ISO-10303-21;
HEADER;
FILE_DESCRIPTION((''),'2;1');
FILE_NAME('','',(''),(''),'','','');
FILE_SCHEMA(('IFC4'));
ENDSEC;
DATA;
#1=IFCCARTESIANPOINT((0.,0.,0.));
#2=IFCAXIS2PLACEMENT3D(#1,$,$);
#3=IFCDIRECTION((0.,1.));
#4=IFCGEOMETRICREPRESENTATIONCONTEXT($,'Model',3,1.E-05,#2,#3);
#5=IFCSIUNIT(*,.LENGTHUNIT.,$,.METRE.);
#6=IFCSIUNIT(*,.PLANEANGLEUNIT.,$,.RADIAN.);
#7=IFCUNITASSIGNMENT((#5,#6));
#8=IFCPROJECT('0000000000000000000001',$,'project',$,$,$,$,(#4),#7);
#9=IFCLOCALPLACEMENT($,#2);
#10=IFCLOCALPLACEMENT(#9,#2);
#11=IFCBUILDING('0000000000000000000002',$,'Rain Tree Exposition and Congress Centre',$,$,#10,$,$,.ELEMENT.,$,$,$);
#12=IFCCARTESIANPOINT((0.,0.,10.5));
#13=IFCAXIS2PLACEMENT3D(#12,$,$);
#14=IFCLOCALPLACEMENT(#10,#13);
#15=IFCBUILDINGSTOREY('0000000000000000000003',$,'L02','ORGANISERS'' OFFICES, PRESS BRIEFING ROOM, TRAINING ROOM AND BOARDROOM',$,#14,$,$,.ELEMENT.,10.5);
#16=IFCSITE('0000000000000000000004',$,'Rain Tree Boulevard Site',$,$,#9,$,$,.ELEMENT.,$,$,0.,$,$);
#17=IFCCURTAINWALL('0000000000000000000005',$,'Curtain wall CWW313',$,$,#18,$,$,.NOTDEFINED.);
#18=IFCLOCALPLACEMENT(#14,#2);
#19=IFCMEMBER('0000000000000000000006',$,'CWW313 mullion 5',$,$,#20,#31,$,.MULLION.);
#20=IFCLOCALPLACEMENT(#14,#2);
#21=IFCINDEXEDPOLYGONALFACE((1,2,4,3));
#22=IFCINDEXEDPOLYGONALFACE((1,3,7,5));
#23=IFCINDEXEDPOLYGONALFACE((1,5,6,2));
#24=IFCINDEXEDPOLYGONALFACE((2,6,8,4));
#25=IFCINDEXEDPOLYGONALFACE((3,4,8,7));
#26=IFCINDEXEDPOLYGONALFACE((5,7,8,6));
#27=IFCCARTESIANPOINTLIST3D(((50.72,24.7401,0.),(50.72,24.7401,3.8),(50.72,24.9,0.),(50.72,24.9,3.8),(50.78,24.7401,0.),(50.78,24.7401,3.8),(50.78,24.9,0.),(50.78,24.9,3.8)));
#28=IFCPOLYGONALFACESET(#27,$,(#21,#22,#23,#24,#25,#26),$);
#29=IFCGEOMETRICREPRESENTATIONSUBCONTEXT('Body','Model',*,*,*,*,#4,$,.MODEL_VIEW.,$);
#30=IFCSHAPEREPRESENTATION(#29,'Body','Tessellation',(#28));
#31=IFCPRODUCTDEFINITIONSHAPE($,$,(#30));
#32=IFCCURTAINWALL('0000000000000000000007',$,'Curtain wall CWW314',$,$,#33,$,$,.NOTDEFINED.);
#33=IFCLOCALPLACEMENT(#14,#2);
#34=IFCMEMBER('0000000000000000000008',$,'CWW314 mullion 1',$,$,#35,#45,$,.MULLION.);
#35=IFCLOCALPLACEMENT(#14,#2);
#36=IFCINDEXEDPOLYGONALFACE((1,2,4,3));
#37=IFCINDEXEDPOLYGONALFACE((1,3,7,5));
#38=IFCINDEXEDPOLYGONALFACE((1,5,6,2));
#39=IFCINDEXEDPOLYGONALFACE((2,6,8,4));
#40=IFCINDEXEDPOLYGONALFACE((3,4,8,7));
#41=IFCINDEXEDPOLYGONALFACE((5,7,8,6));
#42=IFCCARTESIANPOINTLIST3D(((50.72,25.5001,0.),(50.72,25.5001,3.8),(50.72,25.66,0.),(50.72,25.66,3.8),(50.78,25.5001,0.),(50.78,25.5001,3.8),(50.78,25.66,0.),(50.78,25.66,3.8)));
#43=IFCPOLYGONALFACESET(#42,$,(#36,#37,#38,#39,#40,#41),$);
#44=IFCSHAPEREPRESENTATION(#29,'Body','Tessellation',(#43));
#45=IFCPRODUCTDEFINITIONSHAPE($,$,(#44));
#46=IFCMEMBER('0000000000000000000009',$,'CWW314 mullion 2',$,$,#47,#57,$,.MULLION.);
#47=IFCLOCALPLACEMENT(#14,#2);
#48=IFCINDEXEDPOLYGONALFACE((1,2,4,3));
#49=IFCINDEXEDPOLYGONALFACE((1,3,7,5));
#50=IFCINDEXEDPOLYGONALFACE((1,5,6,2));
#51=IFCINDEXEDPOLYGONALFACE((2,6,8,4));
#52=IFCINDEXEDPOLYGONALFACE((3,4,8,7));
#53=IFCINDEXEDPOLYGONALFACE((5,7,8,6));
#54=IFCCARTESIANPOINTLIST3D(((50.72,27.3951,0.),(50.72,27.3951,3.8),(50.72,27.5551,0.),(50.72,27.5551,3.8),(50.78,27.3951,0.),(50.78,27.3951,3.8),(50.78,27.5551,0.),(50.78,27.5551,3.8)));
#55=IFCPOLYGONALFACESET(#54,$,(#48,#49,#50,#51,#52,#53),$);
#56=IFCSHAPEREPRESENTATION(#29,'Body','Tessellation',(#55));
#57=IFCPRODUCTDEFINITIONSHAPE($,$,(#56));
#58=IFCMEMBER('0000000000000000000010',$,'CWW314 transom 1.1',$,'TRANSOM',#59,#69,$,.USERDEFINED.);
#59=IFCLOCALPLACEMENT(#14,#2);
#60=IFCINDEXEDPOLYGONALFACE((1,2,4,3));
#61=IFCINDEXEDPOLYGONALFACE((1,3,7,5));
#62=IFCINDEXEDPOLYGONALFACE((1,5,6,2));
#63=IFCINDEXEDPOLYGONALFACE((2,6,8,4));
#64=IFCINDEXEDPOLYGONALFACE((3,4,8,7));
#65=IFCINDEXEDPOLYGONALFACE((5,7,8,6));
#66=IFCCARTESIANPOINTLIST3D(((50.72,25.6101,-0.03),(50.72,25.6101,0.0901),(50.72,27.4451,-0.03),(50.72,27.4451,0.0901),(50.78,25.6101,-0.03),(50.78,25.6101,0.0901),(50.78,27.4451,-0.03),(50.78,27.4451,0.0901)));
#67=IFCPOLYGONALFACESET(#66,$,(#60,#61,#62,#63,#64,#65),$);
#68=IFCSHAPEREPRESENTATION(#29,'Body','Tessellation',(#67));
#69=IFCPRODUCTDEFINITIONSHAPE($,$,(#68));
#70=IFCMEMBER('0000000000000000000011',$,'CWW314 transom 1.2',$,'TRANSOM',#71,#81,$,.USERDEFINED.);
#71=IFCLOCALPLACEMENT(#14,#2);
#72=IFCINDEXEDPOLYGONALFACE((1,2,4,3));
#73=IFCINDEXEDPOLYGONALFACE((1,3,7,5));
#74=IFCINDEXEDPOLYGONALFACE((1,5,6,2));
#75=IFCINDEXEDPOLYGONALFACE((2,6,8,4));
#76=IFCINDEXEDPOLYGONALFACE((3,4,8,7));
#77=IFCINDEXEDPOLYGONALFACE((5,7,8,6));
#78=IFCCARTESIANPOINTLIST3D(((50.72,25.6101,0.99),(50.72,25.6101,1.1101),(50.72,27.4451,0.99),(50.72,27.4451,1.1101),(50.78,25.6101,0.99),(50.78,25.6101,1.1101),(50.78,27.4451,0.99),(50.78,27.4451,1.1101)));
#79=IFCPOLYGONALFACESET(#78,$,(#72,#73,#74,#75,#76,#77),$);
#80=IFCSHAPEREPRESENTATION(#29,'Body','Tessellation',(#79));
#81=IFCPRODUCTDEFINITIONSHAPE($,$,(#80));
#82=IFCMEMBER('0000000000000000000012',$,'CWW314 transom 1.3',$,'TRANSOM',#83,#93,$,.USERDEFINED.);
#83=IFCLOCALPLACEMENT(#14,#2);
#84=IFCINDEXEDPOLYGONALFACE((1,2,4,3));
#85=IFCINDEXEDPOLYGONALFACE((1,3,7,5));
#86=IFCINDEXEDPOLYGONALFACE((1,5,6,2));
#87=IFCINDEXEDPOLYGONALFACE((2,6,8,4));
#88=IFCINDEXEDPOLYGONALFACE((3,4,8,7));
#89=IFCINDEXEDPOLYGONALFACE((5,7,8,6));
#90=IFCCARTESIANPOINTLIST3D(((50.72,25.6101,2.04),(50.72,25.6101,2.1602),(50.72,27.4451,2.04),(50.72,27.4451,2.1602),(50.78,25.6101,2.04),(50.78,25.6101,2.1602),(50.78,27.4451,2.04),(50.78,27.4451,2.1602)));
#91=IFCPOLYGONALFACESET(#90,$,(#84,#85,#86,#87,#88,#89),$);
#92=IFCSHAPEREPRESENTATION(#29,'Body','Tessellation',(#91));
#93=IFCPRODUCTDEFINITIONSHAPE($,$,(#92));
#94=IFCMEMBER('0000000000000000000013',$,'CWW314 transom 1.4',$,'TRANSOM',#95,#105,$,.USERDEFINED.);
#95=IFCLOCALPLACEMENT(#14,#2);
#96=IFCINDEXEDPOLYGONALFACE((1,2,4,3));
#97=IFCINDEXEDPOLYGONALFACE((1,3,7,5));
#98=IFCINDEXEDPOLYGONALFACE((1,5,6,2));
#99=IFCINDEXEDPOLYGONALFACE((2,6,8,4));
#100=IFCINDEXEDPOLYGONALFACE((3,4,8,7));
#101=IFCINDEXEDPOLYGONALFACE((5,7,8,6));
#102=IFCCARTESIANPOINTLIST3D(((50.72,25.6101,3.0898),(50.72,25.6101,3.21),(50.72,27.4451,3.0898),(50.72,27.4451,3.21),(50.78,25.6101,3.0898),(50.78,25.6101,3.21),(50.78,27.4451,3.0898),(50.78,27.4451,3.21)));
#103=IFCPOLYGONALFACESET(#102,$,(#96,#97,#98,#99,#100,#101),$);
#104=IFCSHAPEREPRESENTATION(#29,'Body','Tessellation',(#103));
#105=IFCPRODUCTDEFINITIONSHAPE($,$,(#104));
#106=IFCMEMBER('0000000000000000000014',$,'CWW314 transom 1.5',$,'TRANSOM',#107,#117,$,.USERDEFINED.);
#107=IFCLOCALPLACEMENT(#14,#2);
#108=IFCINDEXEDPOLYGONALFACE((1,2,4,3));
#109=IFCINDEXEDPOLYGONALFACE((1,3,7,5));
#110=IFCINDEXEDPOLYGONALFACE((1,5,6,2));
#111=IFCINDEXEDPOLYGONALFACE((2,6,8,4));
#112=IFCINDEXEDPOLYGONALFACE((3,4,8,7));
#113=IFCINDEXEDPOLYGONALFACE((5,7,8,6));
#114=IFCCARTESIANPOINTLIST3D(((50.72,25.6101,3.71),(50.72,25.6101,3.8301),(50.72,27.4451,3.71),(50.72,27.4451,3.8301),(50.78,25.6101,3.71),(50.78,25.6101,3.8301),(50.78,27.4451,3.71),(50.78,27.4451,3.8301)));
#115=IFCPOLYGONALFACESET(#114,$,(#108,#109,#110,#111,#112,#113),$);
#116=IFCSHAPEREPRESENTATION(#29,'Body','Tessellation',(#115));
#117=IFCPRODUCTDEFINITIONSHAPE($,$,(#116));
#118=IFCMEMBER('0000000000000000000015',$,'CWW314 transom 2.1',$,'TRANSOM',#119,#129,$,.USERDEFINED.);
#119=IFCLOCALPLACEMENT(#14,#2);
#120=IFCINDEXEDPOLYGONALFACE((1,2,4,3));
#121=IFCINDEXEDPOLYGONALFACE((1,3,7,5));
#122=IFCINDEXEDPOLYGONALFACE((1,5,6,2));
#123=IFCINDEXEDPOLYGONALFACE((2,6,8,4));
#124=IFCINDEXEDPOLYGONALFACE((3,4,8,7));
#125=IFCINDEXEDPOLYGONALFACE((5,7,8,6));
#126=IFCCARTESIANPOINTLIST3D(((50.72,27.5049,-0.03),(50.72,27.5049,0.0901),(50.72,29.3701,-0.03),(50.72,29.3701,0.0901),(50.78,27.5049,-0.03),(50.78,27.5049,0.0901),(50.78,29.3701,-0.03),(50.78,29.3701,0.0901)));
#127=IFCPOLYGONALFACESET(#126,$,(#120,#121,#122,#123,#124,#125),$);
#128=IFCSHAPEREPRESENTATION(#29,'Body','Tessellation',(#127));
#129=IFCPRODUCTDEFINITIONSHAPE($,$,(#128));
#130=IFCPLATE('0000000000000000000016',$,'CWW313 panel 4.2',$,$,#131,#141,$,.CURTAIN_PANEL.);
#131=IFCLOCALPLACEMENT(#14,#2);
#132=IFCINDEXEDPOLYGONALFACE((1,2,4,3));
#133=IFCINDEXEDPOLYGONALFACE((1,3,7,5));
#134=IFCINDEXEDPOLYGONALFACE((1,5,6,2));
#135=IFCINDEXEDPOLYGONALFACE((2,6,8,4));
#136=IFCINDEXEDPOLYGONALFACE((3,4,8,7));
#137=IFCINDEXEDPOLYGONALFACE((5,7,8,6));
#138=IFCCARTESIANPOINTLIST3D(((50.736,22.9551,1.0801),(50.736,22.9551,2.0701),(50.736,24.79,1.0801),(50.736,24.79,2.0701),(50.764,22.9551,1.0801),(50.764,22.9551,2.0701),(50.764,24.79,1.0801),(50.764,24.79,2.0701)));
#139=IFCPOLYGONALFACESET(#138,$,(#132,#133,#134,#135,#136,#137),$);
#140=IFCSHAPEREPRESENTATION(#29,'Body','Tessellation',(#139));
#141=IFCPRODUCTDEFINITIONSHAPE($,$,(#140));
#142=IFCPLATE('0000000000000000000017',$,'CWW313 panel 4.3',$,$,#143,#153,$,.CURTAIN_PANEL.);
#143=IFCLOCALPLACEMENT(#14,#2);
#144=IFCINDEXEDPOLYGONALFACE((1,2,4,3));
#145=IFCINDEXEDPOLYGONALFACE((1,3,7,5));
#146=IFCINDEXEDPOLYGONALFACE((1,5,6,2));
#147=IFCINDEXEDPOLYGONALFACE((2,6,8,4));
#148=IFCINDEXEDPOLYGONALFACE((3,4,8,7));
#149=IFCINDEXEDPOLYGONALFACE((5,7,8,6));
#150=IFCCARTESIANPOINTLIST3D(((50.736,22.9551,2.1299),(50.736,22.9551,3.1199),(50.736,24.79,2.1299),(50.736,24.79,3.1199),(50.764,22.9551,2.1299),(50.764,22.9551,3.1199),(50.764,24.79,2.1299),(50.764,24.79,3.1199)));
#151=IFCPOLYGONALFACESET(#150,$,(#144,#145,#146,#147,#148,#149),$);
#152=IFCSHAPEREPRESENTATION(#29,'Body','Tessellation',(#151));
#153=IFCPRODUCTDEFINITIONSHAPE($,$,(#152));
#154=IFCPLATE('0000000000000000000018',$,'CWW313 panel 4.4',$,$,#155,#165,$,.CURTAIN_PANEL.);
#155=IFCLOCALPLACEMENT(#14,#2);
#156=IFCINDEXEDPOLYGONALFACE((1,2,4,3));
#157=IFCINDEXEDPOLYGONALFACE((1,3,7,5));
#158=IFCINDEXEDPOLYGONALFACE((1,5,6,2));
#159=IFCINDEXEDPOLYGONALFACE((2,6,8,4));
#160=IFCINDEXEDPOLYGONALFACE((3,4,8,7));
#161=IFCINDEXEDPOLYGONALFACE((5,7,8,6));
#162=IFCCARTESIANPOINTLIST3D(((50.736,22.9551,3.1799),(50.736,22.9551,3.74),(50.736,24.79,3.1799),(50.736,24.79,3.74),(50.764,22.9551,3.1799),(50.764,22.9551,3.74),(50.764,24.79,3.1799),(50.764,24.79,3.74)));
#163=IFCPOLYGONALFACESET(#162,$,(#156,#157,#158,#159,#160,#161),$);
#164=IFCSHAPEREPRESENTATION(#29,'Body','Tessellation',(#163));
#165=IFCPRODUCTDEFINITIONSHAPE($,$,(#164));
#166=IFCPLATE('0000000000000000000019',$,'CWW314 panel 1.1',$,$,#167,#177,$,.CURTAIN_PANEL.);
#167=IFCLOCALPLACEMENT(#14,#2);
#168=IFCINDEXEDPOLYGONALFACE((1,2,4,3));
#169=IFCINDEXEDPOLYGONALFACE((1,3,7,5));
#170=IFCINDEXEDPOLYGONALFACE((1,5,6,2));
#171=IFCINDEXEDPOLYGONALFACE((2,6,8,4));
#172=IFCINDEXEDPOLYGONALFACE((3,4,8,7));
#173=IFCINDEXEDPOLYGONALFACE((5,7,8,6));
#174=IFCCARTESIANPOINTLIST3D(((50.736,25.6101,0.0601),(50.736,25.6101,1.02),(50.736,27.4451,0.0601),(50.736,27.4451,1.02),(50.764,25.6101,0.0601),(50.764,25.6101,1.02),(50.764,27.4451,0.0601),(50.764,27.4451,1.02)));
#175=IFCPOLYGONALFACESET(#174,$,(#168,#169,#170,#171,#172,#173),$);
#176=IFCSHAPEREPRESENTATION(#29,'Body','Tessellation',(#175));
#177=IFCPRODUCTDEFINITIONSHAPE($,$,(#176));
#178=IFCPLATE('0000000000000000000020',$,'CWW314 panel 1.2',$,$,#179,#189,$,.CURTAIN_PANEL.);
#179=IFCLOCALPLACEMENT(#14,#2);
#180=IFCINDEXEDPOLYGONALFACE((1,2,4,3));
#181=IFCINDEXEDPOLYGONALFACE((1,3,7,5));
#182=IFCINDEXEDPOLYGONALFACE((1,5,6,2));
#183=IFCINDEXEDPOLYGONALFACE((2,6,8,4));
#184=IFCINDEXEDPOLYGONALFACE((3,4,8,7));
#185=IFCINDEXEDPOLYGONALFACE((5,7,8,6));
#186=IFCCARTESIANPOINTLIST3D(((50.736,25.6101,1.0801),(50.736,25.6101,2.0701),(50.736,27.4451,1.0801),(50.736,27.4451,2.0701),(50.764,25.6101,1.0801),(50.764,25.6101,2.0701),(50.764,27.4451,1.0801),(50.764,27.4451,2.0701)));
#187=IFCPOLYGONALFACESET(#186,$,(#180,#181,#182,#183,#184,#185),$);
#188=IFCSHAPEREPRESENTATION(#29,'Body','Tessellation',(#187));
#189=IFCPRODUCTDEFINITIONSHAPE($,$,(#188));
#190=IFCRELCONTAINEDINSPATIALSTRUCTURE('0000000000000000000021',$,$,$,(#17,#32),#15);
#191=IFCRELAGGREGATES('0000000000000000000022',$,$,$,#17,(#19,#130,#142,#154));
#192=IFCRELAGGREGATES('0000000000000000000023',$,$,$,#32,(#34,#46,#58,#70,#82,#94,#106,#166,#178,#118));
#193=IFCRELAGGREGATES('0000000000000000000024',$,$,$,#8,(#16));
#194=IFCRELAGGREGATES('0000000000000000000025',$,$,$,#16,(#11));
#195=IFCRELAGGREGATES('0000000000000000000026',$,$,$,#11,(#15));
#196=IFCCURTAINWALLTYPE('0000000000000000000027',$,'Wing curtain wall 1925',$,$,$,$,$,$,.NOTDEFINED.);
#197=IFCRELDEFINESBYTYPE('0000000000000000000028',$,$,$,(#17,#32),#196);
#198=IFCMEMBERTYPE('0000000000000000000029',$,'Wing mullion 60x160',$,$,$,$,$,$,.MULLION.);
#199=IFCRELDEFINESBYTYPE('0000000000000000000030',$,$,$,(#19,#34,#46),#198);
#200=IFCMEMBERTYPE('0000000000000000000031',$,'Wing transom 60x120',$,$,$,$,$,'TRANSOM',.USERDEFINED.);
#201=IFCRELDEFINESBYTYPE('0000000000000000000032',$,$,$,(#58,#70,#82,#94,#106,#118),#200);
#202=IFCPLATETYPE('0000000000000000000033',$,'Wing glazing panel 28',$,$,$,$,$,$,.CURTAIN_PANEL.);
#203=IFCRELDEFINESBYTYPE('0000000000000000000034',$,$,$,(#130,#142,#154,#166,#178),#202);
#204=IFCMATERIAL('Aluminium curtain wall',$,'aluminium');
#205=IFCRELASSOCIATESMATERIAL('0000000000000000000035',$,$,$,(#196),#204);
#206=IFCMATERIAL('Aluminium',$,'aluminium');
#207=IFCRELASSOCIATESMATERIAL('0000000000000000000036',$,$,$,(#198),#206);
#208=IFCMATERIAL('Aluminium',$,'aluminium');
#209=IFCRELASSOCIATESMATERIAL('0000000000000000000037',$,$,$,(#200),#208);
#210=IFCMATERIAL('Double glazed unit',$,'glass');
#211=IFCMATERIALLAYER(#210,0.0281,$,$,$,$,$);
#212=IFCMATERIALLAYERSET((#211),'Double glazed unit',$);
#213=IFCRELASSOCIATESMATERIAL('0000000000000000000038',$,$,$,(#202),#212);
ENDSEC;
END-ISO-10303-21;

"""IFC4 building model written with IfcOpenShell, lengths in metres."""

from ifc_helpers import new_model, si_unit, direction, frame, origin, origin_2d, place, context, subcontext, project, spatial, rectangle, extrude, material, layer, layer_set, material_profile, profile_set, type_object, element, aggregate, save


model = new_model("IFC4")

# Units and contexts
model_context = context("Model", 3, precision=1e-05, world=origin(), true_north=direction((0.0, 1.0)))
body_context = subcontext(model_context, "Body", "Model", "MODEL_VIEW")
ifc_project = project(units=[si_unit("LENGTHUNIT", "METRE"), si_unit("PLANEANGLEUNIT", "RADIAN")], contexts=[model_context])

# Site, building, storey
site_placement = place(None, origin())
site = spatial("IfcSite", under=ifc_project, at=site_placement, Name="Rain Tree Boulevard Site", CompositionType="ELEMENT", RefElevation=0.0)
building_placement = place(site_placement, origin())
building = spatial("IfcBuilding", under=site, at=building_placement, Name="Rain Tree Exposition and Congress Centre", CompositionType="ELEMENT")
storey_placement = place(building_placement, frame((0.0, 0.0, 10.5)))
storey = spatial("IfcBuildingStorey", under=building, at=storey_placement, Name="L02", Description="ORGANISERS' OFFICES, PRESS BRIEFING ROOM, TRAINING ROOM AND BOARDROOM", CompositionType="ELEMENT", Elevation=10.5)

# Curtain wall, member
ifc_material_1 = material(Name="Aluminium curtain wall", Category="aluminium")
curtain_wall_type = type_object("IfcCurtainWallType", Name="Wing curtain wall 1925", PredefinedType="NOTDEFINED", material=ifc_material_1)
curtain_wall_1_placement = place(storey_placement, origin())
curtain_wall_1 = element("IfcCurtainWall", 1, at=curtain_wall_1_placement, inside=storey, type_object=curtain_wall_type, Name="Curtain wall CWW313", PredefinedType="NOTDEFINED")
ifc_material_2 = material(Name="Aluminium", Category="aluminium")
ifc_material_profile_1 = material_profile(ifc_material_2, rectangle(XDim=0.0601, YDim=0.1599, at=origin_2d()), Name="Aluminium 60x160")
ifc_profile_set_1 = profile_set([ifc_material_profile_1], Name="Aluminium")
member_type_1 = type_object("IfcMemberType", Name="Wing mullion 60x160", PredefinedType="MULLION", material=ifc_profile_set_1)
member_1_placement = place(storey_placement, frame((50.75, 24.8201, 0.0), z_axis=(0.0, 0.0, 1.0), x_axis=(-1.0, 0.0, 0.0)))
member_1 = element("IfcMember", 2, at=member_1_placement, type_object=member_type_1, Name="CWW313 mullion 5", PredefinedType="MULLION", context=body_context, shape_type="SweptSolid", body=[
    extrude(rectangle(XDim=0.0601, YDim=0.1599, at=origin_2d()), origin(), (0.0, 0.0, 1.0), 3.8),
])

# Curtain wall, members
curtain_wall_2_placement = place(storey_placement, origin())
curtain_wall_2 = element("IfcCurtainWall", 3, at=curtain_wall_2_placement, inside=storey, type_object=curtain_wall_type, Name="Curtain wall CWW314", PredefinedType="NOTDEFINED")
member_2_placement = place(storey_placement, frame((50.75, 25.5801, 0.0), z_axis=(0.0, 0.0, 1.0), x_axis=(-1.0, 0.0, 0.0)))
member_2 = element("IfcMember", 4, at=member_2_placement, type_object=member_type_1, Name="CWW314 mullion 1", PredefinedType="MULLION", context=body_context, shape_type="SweptSolid", body=[
    extrude(rectangle(XDim=0.0601, YDim=0.1599, at=origin_2d()), origin(), (0.0, 0.0, 1.0), 3.8),
])
member_3_placement = place(storey_placement, frame((50.75, 27.4751, 0.0), z_axis=(0.0, 0.0, 1.0), x_axis=(-1.0, 0.0, 0.0)))
member_3 = element("IfcMember", 5, at=member_3_placement, type_object=member_type_1, Name="CWW314 mullion 2", PredefinedType="MULLION", context=body_context, shape_type="SweptSolid", body=[
    extrude(rectangle(XDim=0.0601, YDim=0.1599, at=origin_2d()), origin(), (0.0, 0.0, 1.0), 3.8),
])
ifc_material_3 = material(Name="Aluminium", Category="aluminium")
ifc_material_profile_2 = material_profile(ifc_material_3, rectangle(XDim=0.0601, YDim=0.1201, at=origin_2d()), Name="Aluminium 60x120")
ifc_profile_set_2 = profile_set([ifc_material_profile_2], Name="Aluminium")
member_type_2 = type_object("IfcMemberType", Name="Wing transom 60x120", ElementType="TRANSOM", PredefinedType="USERDEFINED", material=ifc_profile_set_2)
member_4_placement = place(storey_placement, frame((50.75, 25.6101, 0.03), z_axis=(0.0, 1.0, 0.0), x_axis=(-1.0, 0.0, 0.0)))
member_4 = element("IfcMember", 6, at=member_4_placement, type_object=member_type_2, Name="CWW314 transom 1.1", ObjectType="TRANSOM", PredefinedType="USERDEFINED", context=body_context, shape_type="SweptSolid", body=[
    extrude(rectangle(XDim=0.0601, YDim=0.1201, at=origin_2d()), origin(), (0.0, 0.0, 1.0), 1.835),
])
member_5_placement = place(storey_placement, frame((50.75, 25.6101, 1.05), z_axis=(0.0, 1.0, 0.0), x_axis=(-1.0, 0.0, 0.0)))
member_5 = element("IfcMember", 7, at=member_5_placement, type_object=member_type_2, Name="CWW314 transom 1.2", ObjectType="TRANSOM", PredefinedType="USERDEFINED", context=body_context, shape_type="SweptSolid", body=[
    extrude(rectangle(XDim=0.0601, YDim=0.1201, at=origin_2d()), origin(), (0.0, 0.0, 1.0), 1.835),
])
member_6_placement = place(storey_placement, frame((50.75, 25.6101, 2.1001), z_axis=(0.0, 1.0, 0.0), x_axis=(-1.0, 0.0, 0.0)))
member_6 = element("IfcMember", 8, at=member_6_placement, type_object=member_type_2, Name="CWW314 transom 1.3", ObjectType="TRANSOM", PredefinedType="USERDEFINED", context=body_context, shape_type="SweptSolid", body=[
    extrude(rectangle(XDim=0.0601, YDim=0.1201, at=origin_2d()), origin(), (0.0, 0.0, 1.0), 1.835),
])
member_7_placement = place(storey_placement, frame((50.75, 25.6101, 3.1499), z_axis=(0.0, 1.0, 0.0), x_axis=(-1.0, 0.0, 0.0)))
member_7 = element("IfcMember", 9, at=member_7_placement, type_object=member_type_2, Name="CWW314 transom 1.4", ObjectType="TRANSOM", PredefinedType="USERDEFINED", context=body_context, shape_type="SweptSolid", body=[
    extrude(rectangle(XDim=0.0601, YDim=0.1201, at=origin_2d()), origin(), (0.0, 0.0, 1.0), 1.835),
])
member_8_placement = place(storey_placement, frame((50.75, 25.6101, 3.77), z_axis=(0.0, 1.0, 0.0), x_axis=(-1.0, 0.0, 0.0)))
member_8 = element("IfcMember", 10, at=member_8_placement, type_object=member_type_2, Name="CWW314 transom 1.5", ObjectType="TRANSOM", PredefinedType="USERDEFINED", context=body_context, shape_type="SweptSolid", body=[
    extrude(rectangle(XDim=0.0601, YDim=0.1201, at=origin_2d()), origin(), (0.0, 0.0, 1.0), 1.835),
])
member_9_placement = place(storey_placement, frame((50.75, 27.5049, 0.03), z_axis=(0.0, 1.0, 0.0), x_axis=(-1.0, 0.0, 0.0)))
member_9 = element("IfcMember", 11, at=member_9_placement, type_object=member_type_2, Name="CWW314 transom 2.1", ObjectType="TRANSOM", PredefinedType="USERDEFINED", context=body_context, shape_type="SweptSolid", body=[
    extrude(rectangle(XDim=0.0601, YDim=0.1201, at=origin_2d()), origin(), (0.0, 0.0, 1.0), 1.8652),
])

# Plates
ifc_material_4 = material(Name="Double glazed unit", Category="glass")
ifc_layer_1 = layer(ifc_material_4, 0.0281)
ifc_layer_set_1 = layer_set([ifc_layer_1], Name="Double glazed unit")
plate_type = type_object("IfcPlateType", Name="Wing glazing panel 28", PredefinedType="CURTAIN_PANEL", material=ifc_layer_set_1)
plate_1_placement = place(storey_placement, frame((50.75, 23.8726, 1.0801), z_axis=(0.0, 0.0, 1.0), x_axis=(0.0, 1.0, 0.0)))
plate_1 = element("IfcPlate", 12, at=plate_1_placement, type_object=plate_type, Name="CWW313 panel 4.2", PredefinedType="CURTAIN_PANEL", context=body_context, shape_type="SweptSolid", body=[
    extrude(rectangle(XDim=1.835, YDim=0.0281, at=origin_2d()), origin(), (0.0, 0.0, 1.0), 0.99),
])
plate_2_placement = place(storey_placement, frame((50.75, 23.8726, 2.1299), z_axis=(0.0, 0.0, 1.0), x_axis=(0.0, 1.0, 0.0)))
plate_2 = element("IfcPlate", 13, at=plate_2_placement, type_object=plate_type, Name="CWW313 panel 4.3", PredefinedType="CURTAIN_PANEL", context=body_context, shape_type="SweptSolid", body=[
    extrude(rectangle(XDim=1.835, YDim=0.0281, at=origin_2d()), origin(), (0.0, 0.0, 1.0), 0.99),
])
plate_3_placement = place(storey_placement, frame((50.75, 23.8726, 3.1799), z_axis=(0.0, 0.0, 1.0), x_axis=(0.0, 1.0, 0.0)))
plate_3 = element("IfcPlate", 14, at=plate_3_placement, type_object=plate_type, Name="CWW313 panel 4.4", PredefinedType="CURTAIN_PANEL", context=body_context, shape_type="SweptSolid", body=[
    extrude(rectangle(XDim=1.835, YDim=0.0281, at=origin_2d()), origin(), (0.0, 0.0, 1.0), 0.5601),
])
aggregate(curtain_wall_1, [member_1, plate_1, plate_2, plate_3])
plate_4_placement = place(storey_placement, frame((50.75, 26.5276, 0.0601), z_axis=(0.0, 0.0, 1.0), x_axis=(0.0, 1.0, 0.0)))
plate_4 = element("IfcPlate", 15, at=plate_4_placement, type_object=plate_type, Name="CWW314 panel 1.1", PredefinedType="CURTAIN_PANEL", context=body_context, shape_type="SweptSolid", body=[
    extrude(rectangle(XDim=1.835, YDim=0.0281, at=origin_2d()), origin(), (0.0, 0.0, 1.0), 0.96),
])
plate_5_placement = place(storey_placement, frame((50.75, 26.5276, 1.0801), z_axis=(0.0, 0.0, 1.0), x_axis=(0.0, 1.0, 0.0)))
plate_5 = element("IfcPlate", 16, at=plate_5_placement, type_object=plate_type, Name="CWW314 panel 1.2", PredefinedType="CURTAIN_PANEL", context=body_context, shape_type="SweptSolid", body=[
    extrude(rectangle(XDim=1.835, YDim=0.0281, at=origin_2d()), origin(), (0.0, 0.0, 1.0), 0.99),
])
aggregate(curtain_wall_2, [member_2, member_3, member_4, member_5, member_6, member_7, member_8, plate_4, plate_5, member_9])

save(model, "model.ifc")
